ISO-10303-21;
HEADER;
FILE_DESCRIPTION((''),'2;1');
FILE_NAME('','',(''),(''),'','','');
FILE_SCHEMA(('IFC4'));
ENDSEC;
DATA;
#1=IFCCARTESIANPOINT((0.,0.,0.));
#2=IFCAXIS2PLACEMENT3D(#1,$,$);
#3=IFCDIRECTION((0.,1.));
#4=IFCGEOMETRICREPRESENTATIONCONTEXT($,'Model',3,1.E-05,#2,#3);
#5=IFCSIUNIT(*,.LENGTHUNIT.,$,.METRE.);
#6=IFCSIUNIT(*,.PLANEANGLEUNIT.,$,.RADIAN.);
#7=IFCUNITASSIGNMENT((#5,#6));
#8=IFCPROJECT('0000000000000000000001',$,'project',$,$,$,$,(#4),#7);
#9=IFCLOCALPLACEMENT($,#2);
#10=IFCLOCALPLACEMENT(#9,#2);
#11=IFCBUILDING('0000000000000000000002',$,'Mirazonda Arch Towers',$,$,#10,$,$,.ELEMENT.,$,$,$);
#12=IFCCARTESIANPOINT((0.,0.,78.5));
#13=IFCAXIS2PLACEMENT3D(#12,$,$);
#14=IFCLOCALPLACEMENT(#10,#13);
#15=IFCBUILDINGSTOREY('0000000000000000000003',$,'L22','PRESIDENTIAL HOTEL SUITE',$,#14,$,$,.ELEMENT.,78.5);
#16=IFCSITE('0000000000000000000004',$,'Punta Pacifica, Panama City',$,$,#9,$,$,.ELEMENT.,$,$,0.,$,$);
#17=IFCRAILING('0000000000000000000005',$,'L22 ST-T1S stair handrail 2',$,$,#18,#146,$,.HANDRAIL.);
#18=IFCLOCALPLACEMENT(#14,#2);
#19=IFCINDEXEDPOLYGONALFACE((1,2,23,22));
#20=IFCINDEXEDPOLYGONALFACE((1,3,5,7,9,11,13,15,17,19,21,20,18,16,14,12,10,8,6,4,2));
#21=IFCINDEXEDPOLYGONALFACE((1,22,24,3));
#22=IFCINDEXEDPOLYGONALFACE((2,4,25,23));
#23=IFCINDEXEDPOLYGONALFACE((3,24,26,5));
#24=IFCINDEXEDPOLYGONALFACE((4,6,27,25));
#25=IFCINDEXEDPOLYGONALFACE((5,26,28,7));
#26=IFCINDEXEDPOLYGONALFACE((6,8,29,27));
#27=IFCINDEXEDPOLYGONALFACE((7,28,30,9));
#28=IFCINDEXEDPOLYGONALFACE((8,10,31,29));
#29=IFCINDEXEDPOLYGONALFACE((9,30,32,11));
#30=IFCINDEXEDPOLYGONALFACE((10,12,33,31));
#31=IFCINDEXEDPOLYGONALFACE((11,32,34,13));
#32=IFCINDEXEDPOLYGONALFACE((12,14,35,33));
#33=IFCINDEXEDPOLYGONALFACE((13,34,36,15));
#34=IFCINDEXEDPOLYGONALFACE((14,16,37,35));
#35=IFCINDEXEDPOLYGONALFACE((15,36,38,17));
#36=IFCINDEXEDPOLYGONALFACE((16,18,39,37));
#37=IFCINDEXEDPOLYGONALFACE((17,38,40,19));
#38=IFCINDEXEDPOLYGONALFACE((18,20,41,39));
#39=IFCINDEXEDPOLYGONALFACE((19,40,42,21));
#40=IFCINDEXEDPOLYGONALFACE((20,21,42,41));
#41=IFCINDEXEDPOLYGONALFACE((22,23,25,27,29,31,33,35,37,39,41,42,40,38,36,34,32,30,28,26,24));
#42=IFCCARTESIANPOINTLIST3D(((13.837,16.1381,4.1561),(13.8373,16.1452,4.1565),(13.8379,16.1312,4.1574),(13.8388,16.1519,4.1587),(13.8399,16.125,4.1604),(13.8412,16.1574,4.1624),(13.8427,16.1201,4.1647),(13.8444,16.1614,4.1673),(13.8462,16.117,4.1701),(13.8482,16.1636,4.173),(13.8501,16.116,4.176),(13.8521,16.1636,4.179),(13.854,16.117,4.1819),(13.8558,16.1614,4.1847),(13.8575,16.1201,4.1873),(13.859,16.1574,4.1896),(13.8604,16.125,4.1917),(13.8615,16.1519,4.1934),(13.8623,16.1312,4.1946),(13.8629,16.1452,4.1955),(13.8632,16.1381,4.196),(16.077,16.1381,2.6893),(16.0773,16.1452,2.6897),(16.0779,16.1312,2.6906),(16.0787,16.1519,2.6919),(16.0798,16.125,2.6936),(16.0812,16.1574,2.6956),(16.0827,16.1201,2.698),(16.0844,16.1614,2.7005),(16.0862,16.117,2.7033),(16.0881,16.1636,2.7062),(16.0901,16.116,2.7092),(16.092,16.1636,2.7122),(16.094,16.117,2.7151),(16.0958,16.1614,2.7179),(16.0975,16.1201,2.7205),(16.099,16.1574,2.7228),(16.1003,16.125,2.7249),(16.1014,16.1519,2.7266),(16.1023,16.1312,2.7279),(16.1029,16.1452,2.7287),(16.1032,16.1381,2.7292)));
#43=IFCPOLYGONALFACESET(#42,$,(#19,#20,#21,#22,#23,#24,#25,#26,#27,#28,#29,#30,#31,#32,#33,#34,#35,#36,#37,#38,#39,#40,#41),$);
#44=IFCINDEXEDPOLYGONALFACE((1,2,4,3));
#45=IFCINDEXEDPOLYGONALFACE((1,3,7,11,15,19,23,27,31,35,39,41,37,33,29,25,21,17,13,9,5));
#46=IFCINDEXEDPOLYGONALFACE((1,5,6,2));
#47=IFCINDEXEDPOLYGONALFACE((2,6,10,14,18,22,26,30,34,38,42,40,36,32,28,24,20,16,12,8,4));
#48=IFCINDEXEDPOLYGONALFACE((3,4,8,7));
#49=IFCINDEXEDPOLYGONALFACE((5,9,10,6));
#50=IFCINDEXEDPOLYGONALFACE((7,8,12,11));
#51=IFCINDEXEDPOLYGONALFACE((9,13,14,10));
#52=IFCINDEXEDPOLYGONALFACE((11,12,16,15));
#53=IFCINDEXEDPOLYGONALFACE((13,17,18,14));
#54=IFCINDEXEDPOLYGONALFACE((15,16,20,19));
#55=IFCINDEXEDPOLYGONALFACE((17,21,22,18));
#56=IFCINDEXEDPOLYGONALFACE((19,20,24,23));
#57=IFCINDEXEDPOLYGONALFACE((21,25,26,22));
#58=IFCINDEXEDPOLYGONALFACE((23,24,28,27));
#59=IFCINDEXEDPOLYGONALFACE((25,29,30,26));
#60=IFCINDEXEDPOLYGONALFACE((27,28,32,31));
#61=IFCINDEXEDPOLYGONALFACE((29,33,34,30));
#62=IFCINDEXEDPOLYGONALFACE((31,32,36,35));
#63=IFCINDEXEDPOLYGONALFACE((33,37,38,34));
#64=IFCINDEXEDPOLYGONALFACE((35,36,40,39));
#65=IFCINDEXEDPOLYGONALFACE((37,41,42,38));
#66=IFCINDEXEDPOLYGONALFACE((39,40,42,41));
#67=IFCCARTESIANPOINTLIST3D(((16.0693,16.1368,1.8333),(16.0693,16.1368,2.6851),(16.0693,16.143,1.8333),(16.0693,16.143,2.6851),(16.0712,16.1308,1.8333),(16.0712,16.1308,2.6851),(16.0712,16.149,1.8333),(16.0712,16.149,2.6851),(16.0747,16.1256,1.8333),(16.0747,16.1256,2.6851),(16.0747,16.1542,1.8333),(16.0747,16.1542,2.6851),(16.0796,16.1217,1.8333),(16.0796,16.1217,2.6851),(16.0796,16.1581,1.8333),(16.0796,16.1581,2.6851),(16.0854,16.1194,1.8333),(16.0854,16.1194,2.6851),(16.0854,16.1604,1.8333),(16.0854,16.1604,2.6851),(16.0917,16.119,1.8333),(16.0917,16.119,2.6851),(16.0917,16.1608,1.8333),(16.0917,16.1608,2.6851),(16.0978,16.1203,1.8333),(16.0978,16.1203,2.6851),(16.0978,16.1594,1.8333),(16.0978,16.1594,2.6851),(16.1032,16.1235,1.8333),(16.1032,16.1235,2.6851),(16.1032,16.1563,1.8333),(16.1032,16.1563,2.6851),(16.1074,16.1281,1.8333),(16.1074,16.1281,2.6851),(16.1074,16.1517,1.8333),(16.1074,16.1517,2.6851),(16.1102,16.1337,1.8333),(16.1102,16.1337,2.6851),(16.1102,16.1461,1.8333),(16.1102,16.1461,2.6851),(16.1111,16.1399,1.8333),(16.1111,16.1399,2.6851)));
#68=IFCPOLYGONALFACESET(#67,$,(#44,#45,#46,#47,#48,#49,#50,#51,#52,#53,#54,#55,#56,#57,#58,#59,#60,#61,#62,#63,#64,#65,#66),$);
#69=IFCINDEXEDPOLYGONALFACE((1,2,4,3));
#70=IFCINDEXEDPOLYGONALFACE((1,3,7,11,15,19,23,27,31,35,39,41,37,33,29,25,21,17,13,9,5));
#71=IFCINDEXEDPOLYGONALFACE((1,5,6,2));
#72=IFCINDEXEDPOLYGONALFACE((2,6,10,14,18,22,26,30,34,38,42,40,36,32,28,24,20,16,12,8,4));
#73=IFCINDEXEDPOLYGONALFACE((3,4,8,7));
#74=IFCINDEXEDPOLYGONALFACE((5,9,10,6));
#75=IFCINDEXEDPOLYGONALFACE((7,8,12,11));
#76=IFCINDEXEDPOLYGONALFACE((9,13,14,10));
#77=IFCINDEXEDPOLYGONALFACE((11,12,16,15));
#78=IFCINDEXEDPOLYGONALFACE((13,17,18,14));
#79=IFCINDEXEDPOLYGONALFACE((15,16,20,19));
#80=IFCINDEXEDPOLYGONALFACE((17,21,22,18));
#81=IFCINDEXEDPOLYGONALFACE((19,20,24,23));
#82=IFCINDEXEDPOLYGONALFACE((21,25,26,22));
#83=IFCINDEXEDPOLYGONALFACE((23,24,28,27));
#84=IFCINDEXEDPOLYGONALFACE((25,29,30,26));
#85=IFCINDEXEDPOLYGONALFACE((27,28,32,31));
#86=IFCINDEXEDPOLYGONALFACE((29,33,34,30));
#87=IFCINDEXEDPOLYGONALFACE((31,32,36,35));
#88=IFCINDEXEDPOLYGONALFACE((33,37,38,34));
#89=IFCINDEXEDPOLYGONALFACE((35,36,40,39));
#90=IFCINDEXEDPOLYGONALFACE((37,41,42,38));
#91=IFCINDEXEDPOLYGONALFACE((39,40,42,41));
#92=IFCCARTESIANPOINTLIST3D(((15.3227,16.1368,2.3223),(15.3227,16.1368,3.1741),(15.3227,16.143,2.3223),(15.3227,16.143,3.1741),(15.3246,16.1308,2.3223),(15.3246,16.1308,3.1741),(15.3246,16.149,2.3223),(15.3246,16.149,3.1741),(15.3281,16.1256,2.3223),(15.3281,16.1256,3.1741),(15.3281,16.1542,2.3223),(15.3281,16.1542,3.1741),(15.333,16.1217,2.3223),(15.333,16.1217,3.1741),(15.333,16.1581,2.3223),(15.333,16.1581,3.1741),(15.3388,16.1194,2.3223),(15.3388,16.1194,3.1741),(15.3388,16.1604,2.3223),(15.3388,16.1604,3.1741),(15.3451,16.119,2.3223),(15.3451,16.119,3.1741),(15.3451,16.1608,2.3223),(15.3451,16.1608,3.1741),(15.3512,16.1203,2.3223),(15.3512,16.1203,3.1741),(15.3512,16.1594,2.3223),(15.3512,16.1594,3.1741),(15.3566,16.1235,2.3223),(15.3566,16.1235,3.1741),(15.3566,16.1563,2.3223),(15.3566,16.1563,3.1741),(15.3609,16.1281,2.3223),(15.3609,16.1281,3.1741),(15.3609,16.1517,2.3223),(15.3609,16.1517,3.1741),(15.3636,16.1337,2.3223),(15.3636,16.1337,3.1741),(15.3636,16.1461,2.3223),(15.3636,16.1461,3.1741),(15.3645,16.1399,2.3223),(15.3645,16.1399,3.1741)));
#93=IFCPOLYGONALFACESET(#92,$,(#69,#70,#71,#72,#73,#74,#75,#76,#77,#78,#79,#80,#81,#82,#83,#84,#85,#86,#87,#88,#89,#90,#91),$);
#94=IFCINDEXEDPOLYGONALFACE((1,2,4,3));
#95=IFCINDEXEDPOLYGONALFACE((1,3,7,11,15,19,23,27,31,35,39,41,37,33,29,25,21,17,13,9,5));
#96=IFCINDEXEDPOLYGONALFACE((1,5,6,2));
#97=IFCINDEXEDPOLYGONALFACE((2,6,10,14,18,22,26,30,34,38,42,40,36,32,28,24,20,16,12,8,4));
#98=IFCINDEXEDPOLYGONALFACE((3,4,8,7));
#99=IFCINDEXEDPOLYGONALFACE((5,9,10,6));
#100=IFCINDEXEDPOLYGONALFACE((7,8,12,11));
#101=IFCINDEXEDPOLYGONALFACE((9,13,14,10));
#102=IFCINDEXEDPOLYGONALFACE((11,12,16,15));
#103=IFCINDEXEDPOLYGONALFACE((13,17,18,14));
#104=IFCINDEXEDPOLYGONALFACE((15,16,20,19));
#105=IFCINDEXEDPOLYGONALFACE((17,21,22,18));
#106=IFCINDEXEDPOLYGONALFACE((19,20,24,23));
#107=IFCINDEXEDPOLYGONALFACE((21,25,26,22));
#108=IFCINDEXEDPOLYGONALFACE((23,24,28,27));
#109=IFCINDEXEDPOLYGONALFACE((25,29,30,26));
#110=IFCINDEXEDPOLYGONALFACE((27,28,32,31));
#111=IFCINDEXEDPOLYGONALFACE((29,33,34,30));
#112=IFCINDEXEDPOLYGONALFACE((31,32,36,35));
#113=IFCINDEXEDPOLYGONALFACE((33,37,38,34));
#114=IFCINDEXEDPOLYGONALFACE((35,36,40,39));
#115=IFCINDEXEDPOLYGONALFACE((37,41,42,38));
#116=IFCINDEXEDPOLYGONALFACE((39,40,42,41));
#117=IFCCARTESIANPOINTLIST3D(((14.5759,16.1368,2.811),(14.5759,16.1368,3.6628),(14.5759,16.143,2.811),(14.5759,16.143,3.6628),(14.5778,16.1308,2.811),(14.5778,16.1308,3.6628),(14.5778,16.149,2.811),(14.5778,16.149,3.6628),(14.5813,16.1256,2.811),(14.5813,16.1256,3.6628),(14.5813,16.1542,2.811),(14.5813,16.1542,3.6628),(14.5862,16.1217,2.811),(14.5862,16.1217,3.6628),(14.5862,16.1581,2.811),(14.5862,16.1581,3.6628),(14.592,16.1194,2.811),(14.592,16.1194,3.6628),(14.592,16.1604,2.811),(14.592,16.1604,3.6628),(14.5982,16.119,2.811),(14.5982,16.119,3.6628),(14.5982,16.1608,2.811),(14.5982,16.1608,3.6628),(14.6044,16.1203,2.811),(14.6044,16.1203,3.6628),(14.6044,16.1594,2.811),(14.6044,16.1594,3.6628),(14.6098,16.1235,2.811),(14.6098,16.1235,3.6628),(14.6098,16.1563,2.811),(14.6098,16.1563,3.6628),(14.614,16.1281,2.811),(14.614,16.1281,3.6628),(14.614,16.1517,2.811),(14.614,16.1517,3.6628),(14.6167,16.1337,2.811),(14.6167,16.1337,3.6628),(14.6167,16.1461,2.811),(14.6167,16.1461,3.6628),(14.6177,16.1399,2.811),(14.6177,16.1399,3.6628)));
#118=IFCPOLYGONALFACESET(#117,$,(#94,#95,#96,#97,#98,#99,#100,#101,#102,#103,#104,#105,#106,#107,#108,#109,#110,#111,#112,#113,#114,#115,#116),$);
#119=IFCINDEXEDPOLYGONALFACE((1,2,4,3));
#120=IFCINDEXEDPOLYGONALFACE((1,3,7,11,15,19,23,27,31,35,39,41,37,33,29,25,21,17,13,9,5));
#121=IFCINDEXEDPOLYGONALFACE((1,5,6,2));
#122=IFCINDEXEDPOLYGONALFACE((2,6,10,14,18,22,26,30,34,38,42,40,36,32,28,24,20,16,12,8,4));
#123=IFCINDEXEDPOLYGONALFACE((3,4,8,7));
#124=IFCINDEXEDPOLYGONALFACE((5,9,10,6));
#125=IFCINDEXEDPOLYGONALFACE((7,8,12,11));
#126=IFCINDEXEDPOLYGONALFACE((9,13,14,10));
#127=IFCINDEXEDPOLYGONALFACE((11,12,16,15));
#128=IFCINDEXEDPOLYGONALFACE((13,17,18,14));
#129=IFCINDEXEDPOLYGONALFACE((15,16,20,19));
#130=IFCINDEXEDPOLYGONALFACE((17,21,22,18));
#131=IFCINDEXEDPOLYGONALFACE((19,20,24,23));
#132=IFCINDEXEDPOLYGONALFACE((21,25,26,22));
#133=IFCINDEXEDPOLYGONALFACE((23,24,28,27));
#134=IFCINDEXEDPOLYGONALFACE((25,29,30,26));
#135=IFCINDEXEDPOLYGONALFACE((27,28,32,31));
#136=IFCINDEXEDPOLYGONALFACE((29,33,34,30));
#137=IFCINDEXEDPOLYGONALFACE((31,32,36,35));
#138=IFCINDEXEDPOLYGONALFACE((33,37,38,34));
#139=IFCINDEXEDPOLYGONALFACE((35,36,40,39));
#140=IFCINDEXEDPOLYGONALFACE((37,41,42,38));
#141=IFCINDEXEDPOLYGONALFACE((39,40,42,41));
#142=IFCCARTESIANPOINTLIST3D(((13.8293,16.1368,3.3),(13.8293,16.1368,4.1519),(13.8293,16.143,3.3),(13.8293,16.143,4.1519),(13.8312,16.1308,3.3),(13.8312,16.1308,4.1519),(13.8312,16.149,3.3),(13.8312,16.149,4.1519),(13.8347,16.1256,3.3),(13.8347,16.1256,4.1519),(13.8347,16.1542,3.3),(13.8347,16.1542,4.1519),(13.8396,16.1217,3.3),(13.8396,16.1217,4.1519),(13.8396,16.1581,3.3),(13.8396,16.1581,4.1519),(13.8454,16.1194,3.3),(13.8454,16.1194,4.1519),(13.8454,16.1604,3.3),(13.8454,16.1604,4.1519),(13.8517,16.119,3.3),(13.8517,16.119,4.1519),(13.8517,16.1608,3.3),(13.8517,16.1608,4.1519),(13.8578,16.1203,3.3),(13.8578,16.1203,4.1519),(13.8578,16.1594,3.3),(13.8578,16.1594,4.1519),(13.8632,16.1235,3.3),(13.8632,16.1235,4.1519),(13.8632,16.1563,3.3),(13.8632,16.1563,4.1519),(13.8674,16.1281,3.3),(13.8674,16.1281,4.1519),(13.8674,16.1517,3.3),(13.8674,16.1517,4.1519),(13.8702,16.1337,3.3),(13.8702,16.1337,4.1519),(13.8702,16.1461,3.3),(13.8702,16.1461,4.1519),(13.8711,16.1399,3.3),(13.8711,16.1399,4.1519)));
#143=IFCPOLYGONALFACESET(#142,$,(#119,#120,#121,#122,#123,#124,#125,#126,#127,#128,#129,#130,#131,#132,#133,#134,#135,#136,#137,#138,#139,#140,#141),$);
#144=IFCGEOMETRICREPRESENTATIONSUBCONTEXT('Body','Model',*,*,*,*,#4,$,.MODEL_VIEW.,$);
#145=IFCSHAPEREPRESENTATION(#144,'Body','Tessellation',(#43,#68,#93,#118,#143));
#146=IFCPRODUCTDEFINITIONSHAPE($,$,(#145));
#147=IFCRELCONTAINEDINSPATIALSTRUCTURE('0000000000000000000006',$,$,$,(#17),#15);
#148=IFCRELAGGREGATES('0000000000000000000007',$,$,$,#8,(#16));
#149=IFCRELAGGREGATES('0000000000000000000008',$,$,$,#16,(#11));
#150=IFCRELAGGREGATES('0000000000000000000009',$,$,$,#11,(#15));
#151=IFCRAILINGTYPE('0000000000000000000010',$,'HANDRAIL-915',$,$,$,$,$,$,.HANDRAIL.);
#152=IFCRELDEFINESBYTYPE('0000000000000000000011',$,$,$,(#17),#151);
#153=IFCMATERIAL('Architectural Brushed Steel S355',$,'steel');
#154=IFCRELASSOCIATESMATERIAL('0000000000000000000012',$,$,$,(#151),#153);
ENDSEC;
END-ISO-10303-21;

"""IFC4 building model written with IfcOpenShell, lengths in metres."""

from ifc_helpers import new_model, si_unit, direction, frame, origin, origin_2d, place, context, subcontext, project, spatial, circle, extrude, material, type_object, element, save


model = new_model("IFC4")

# Units and contexts
model_context = context("Model", 3, precision=1e-05, world=origin(), true_north=direction((0.0, 1.0)))
body_context = subcontext(model_context, "Body", "Model", "MODEL_VIEW")
ifc_project = project(units=[si_unit("LENGTHUNIT", "METRE"), si_unit("PLANEANGLEUNIT", "RADIAN")], contexts=[model_context])

# Site, building, storey
site_placement = place(None, origin())
site = spatial("IfcSite", under=ifc_project, at=site_placement, Name="Punta Pacifica, Panama City", CompositionType="ELEMENT", RefElevation=0.0)
building_placement = place(site_placement, origin())
building = spatial("IfcBuilding", under=site, at=building_placement, Name="Mirazonda Arch Towers", CompositionType="ELEMENT")
storey_placement = place(building_placement, frame((0.0, 0.0, 78.5)))
storey = spatial("IfcBuildingStorey", under=building, at=storey_placement, Name="L22", Description="PRESIDENTIAL HOTEL SUITE", CompositionType="ELEMENT", Elevation=78.5)

# Railing
ifc_material_1 = material(Name="Architectural Brushed Steel S355", Category="steel")
railing_type_1 = type_object("IfcRailingType", Name="HANDRAIL-915", PredefinedType="HANDRAIL", material=ifc_material_1)
railing_1_placement = place(storey_placement, frame((16.0901, 16.1399, 1.8333)))
element("IfcRailing", 1, at=railing_1_placement, inside=storey, type_object=railing_type_1, Name="L22 ST-T1S stair handrail 2", PredefinedType="HANDRAIL", context=body_context, shape_type="SweptSolid", body=[
    extrude(circle(Radius=0.0239, at=origin_2d()), frame((0.0, 0.0, 0.876), z_axis=(-0.836595, 0.0, 0.547822), x_axis=(0.0, -1.0, 0.0)), (0.0, 0.0, 1.0), 2.6775),
    extrude(circle(Radius=0.021, at=origin_2d()), origin(), (0.0, 0.0, 1.0), 0.8518),
    extrude(circle(Radius=0.021, at=origin_2d()), frame((-0.7466, 0.0, 0.489)), (0.0, 0.0, 1.0), 0.8518),
    extrude(circle(Radius=0.021, at=origin_2d()), frame((-1.4934, 0.0, 0.9778)), (0.0, 0.0, 1.0), 0.8518),
    extrude(circle(Radius=0.021, at=origin_2d()), frame((-2.24, 0.0, 1.4668)), (0.0, 0.0, 1.0), 0.8518),
])

save(model, "model.ifc")
